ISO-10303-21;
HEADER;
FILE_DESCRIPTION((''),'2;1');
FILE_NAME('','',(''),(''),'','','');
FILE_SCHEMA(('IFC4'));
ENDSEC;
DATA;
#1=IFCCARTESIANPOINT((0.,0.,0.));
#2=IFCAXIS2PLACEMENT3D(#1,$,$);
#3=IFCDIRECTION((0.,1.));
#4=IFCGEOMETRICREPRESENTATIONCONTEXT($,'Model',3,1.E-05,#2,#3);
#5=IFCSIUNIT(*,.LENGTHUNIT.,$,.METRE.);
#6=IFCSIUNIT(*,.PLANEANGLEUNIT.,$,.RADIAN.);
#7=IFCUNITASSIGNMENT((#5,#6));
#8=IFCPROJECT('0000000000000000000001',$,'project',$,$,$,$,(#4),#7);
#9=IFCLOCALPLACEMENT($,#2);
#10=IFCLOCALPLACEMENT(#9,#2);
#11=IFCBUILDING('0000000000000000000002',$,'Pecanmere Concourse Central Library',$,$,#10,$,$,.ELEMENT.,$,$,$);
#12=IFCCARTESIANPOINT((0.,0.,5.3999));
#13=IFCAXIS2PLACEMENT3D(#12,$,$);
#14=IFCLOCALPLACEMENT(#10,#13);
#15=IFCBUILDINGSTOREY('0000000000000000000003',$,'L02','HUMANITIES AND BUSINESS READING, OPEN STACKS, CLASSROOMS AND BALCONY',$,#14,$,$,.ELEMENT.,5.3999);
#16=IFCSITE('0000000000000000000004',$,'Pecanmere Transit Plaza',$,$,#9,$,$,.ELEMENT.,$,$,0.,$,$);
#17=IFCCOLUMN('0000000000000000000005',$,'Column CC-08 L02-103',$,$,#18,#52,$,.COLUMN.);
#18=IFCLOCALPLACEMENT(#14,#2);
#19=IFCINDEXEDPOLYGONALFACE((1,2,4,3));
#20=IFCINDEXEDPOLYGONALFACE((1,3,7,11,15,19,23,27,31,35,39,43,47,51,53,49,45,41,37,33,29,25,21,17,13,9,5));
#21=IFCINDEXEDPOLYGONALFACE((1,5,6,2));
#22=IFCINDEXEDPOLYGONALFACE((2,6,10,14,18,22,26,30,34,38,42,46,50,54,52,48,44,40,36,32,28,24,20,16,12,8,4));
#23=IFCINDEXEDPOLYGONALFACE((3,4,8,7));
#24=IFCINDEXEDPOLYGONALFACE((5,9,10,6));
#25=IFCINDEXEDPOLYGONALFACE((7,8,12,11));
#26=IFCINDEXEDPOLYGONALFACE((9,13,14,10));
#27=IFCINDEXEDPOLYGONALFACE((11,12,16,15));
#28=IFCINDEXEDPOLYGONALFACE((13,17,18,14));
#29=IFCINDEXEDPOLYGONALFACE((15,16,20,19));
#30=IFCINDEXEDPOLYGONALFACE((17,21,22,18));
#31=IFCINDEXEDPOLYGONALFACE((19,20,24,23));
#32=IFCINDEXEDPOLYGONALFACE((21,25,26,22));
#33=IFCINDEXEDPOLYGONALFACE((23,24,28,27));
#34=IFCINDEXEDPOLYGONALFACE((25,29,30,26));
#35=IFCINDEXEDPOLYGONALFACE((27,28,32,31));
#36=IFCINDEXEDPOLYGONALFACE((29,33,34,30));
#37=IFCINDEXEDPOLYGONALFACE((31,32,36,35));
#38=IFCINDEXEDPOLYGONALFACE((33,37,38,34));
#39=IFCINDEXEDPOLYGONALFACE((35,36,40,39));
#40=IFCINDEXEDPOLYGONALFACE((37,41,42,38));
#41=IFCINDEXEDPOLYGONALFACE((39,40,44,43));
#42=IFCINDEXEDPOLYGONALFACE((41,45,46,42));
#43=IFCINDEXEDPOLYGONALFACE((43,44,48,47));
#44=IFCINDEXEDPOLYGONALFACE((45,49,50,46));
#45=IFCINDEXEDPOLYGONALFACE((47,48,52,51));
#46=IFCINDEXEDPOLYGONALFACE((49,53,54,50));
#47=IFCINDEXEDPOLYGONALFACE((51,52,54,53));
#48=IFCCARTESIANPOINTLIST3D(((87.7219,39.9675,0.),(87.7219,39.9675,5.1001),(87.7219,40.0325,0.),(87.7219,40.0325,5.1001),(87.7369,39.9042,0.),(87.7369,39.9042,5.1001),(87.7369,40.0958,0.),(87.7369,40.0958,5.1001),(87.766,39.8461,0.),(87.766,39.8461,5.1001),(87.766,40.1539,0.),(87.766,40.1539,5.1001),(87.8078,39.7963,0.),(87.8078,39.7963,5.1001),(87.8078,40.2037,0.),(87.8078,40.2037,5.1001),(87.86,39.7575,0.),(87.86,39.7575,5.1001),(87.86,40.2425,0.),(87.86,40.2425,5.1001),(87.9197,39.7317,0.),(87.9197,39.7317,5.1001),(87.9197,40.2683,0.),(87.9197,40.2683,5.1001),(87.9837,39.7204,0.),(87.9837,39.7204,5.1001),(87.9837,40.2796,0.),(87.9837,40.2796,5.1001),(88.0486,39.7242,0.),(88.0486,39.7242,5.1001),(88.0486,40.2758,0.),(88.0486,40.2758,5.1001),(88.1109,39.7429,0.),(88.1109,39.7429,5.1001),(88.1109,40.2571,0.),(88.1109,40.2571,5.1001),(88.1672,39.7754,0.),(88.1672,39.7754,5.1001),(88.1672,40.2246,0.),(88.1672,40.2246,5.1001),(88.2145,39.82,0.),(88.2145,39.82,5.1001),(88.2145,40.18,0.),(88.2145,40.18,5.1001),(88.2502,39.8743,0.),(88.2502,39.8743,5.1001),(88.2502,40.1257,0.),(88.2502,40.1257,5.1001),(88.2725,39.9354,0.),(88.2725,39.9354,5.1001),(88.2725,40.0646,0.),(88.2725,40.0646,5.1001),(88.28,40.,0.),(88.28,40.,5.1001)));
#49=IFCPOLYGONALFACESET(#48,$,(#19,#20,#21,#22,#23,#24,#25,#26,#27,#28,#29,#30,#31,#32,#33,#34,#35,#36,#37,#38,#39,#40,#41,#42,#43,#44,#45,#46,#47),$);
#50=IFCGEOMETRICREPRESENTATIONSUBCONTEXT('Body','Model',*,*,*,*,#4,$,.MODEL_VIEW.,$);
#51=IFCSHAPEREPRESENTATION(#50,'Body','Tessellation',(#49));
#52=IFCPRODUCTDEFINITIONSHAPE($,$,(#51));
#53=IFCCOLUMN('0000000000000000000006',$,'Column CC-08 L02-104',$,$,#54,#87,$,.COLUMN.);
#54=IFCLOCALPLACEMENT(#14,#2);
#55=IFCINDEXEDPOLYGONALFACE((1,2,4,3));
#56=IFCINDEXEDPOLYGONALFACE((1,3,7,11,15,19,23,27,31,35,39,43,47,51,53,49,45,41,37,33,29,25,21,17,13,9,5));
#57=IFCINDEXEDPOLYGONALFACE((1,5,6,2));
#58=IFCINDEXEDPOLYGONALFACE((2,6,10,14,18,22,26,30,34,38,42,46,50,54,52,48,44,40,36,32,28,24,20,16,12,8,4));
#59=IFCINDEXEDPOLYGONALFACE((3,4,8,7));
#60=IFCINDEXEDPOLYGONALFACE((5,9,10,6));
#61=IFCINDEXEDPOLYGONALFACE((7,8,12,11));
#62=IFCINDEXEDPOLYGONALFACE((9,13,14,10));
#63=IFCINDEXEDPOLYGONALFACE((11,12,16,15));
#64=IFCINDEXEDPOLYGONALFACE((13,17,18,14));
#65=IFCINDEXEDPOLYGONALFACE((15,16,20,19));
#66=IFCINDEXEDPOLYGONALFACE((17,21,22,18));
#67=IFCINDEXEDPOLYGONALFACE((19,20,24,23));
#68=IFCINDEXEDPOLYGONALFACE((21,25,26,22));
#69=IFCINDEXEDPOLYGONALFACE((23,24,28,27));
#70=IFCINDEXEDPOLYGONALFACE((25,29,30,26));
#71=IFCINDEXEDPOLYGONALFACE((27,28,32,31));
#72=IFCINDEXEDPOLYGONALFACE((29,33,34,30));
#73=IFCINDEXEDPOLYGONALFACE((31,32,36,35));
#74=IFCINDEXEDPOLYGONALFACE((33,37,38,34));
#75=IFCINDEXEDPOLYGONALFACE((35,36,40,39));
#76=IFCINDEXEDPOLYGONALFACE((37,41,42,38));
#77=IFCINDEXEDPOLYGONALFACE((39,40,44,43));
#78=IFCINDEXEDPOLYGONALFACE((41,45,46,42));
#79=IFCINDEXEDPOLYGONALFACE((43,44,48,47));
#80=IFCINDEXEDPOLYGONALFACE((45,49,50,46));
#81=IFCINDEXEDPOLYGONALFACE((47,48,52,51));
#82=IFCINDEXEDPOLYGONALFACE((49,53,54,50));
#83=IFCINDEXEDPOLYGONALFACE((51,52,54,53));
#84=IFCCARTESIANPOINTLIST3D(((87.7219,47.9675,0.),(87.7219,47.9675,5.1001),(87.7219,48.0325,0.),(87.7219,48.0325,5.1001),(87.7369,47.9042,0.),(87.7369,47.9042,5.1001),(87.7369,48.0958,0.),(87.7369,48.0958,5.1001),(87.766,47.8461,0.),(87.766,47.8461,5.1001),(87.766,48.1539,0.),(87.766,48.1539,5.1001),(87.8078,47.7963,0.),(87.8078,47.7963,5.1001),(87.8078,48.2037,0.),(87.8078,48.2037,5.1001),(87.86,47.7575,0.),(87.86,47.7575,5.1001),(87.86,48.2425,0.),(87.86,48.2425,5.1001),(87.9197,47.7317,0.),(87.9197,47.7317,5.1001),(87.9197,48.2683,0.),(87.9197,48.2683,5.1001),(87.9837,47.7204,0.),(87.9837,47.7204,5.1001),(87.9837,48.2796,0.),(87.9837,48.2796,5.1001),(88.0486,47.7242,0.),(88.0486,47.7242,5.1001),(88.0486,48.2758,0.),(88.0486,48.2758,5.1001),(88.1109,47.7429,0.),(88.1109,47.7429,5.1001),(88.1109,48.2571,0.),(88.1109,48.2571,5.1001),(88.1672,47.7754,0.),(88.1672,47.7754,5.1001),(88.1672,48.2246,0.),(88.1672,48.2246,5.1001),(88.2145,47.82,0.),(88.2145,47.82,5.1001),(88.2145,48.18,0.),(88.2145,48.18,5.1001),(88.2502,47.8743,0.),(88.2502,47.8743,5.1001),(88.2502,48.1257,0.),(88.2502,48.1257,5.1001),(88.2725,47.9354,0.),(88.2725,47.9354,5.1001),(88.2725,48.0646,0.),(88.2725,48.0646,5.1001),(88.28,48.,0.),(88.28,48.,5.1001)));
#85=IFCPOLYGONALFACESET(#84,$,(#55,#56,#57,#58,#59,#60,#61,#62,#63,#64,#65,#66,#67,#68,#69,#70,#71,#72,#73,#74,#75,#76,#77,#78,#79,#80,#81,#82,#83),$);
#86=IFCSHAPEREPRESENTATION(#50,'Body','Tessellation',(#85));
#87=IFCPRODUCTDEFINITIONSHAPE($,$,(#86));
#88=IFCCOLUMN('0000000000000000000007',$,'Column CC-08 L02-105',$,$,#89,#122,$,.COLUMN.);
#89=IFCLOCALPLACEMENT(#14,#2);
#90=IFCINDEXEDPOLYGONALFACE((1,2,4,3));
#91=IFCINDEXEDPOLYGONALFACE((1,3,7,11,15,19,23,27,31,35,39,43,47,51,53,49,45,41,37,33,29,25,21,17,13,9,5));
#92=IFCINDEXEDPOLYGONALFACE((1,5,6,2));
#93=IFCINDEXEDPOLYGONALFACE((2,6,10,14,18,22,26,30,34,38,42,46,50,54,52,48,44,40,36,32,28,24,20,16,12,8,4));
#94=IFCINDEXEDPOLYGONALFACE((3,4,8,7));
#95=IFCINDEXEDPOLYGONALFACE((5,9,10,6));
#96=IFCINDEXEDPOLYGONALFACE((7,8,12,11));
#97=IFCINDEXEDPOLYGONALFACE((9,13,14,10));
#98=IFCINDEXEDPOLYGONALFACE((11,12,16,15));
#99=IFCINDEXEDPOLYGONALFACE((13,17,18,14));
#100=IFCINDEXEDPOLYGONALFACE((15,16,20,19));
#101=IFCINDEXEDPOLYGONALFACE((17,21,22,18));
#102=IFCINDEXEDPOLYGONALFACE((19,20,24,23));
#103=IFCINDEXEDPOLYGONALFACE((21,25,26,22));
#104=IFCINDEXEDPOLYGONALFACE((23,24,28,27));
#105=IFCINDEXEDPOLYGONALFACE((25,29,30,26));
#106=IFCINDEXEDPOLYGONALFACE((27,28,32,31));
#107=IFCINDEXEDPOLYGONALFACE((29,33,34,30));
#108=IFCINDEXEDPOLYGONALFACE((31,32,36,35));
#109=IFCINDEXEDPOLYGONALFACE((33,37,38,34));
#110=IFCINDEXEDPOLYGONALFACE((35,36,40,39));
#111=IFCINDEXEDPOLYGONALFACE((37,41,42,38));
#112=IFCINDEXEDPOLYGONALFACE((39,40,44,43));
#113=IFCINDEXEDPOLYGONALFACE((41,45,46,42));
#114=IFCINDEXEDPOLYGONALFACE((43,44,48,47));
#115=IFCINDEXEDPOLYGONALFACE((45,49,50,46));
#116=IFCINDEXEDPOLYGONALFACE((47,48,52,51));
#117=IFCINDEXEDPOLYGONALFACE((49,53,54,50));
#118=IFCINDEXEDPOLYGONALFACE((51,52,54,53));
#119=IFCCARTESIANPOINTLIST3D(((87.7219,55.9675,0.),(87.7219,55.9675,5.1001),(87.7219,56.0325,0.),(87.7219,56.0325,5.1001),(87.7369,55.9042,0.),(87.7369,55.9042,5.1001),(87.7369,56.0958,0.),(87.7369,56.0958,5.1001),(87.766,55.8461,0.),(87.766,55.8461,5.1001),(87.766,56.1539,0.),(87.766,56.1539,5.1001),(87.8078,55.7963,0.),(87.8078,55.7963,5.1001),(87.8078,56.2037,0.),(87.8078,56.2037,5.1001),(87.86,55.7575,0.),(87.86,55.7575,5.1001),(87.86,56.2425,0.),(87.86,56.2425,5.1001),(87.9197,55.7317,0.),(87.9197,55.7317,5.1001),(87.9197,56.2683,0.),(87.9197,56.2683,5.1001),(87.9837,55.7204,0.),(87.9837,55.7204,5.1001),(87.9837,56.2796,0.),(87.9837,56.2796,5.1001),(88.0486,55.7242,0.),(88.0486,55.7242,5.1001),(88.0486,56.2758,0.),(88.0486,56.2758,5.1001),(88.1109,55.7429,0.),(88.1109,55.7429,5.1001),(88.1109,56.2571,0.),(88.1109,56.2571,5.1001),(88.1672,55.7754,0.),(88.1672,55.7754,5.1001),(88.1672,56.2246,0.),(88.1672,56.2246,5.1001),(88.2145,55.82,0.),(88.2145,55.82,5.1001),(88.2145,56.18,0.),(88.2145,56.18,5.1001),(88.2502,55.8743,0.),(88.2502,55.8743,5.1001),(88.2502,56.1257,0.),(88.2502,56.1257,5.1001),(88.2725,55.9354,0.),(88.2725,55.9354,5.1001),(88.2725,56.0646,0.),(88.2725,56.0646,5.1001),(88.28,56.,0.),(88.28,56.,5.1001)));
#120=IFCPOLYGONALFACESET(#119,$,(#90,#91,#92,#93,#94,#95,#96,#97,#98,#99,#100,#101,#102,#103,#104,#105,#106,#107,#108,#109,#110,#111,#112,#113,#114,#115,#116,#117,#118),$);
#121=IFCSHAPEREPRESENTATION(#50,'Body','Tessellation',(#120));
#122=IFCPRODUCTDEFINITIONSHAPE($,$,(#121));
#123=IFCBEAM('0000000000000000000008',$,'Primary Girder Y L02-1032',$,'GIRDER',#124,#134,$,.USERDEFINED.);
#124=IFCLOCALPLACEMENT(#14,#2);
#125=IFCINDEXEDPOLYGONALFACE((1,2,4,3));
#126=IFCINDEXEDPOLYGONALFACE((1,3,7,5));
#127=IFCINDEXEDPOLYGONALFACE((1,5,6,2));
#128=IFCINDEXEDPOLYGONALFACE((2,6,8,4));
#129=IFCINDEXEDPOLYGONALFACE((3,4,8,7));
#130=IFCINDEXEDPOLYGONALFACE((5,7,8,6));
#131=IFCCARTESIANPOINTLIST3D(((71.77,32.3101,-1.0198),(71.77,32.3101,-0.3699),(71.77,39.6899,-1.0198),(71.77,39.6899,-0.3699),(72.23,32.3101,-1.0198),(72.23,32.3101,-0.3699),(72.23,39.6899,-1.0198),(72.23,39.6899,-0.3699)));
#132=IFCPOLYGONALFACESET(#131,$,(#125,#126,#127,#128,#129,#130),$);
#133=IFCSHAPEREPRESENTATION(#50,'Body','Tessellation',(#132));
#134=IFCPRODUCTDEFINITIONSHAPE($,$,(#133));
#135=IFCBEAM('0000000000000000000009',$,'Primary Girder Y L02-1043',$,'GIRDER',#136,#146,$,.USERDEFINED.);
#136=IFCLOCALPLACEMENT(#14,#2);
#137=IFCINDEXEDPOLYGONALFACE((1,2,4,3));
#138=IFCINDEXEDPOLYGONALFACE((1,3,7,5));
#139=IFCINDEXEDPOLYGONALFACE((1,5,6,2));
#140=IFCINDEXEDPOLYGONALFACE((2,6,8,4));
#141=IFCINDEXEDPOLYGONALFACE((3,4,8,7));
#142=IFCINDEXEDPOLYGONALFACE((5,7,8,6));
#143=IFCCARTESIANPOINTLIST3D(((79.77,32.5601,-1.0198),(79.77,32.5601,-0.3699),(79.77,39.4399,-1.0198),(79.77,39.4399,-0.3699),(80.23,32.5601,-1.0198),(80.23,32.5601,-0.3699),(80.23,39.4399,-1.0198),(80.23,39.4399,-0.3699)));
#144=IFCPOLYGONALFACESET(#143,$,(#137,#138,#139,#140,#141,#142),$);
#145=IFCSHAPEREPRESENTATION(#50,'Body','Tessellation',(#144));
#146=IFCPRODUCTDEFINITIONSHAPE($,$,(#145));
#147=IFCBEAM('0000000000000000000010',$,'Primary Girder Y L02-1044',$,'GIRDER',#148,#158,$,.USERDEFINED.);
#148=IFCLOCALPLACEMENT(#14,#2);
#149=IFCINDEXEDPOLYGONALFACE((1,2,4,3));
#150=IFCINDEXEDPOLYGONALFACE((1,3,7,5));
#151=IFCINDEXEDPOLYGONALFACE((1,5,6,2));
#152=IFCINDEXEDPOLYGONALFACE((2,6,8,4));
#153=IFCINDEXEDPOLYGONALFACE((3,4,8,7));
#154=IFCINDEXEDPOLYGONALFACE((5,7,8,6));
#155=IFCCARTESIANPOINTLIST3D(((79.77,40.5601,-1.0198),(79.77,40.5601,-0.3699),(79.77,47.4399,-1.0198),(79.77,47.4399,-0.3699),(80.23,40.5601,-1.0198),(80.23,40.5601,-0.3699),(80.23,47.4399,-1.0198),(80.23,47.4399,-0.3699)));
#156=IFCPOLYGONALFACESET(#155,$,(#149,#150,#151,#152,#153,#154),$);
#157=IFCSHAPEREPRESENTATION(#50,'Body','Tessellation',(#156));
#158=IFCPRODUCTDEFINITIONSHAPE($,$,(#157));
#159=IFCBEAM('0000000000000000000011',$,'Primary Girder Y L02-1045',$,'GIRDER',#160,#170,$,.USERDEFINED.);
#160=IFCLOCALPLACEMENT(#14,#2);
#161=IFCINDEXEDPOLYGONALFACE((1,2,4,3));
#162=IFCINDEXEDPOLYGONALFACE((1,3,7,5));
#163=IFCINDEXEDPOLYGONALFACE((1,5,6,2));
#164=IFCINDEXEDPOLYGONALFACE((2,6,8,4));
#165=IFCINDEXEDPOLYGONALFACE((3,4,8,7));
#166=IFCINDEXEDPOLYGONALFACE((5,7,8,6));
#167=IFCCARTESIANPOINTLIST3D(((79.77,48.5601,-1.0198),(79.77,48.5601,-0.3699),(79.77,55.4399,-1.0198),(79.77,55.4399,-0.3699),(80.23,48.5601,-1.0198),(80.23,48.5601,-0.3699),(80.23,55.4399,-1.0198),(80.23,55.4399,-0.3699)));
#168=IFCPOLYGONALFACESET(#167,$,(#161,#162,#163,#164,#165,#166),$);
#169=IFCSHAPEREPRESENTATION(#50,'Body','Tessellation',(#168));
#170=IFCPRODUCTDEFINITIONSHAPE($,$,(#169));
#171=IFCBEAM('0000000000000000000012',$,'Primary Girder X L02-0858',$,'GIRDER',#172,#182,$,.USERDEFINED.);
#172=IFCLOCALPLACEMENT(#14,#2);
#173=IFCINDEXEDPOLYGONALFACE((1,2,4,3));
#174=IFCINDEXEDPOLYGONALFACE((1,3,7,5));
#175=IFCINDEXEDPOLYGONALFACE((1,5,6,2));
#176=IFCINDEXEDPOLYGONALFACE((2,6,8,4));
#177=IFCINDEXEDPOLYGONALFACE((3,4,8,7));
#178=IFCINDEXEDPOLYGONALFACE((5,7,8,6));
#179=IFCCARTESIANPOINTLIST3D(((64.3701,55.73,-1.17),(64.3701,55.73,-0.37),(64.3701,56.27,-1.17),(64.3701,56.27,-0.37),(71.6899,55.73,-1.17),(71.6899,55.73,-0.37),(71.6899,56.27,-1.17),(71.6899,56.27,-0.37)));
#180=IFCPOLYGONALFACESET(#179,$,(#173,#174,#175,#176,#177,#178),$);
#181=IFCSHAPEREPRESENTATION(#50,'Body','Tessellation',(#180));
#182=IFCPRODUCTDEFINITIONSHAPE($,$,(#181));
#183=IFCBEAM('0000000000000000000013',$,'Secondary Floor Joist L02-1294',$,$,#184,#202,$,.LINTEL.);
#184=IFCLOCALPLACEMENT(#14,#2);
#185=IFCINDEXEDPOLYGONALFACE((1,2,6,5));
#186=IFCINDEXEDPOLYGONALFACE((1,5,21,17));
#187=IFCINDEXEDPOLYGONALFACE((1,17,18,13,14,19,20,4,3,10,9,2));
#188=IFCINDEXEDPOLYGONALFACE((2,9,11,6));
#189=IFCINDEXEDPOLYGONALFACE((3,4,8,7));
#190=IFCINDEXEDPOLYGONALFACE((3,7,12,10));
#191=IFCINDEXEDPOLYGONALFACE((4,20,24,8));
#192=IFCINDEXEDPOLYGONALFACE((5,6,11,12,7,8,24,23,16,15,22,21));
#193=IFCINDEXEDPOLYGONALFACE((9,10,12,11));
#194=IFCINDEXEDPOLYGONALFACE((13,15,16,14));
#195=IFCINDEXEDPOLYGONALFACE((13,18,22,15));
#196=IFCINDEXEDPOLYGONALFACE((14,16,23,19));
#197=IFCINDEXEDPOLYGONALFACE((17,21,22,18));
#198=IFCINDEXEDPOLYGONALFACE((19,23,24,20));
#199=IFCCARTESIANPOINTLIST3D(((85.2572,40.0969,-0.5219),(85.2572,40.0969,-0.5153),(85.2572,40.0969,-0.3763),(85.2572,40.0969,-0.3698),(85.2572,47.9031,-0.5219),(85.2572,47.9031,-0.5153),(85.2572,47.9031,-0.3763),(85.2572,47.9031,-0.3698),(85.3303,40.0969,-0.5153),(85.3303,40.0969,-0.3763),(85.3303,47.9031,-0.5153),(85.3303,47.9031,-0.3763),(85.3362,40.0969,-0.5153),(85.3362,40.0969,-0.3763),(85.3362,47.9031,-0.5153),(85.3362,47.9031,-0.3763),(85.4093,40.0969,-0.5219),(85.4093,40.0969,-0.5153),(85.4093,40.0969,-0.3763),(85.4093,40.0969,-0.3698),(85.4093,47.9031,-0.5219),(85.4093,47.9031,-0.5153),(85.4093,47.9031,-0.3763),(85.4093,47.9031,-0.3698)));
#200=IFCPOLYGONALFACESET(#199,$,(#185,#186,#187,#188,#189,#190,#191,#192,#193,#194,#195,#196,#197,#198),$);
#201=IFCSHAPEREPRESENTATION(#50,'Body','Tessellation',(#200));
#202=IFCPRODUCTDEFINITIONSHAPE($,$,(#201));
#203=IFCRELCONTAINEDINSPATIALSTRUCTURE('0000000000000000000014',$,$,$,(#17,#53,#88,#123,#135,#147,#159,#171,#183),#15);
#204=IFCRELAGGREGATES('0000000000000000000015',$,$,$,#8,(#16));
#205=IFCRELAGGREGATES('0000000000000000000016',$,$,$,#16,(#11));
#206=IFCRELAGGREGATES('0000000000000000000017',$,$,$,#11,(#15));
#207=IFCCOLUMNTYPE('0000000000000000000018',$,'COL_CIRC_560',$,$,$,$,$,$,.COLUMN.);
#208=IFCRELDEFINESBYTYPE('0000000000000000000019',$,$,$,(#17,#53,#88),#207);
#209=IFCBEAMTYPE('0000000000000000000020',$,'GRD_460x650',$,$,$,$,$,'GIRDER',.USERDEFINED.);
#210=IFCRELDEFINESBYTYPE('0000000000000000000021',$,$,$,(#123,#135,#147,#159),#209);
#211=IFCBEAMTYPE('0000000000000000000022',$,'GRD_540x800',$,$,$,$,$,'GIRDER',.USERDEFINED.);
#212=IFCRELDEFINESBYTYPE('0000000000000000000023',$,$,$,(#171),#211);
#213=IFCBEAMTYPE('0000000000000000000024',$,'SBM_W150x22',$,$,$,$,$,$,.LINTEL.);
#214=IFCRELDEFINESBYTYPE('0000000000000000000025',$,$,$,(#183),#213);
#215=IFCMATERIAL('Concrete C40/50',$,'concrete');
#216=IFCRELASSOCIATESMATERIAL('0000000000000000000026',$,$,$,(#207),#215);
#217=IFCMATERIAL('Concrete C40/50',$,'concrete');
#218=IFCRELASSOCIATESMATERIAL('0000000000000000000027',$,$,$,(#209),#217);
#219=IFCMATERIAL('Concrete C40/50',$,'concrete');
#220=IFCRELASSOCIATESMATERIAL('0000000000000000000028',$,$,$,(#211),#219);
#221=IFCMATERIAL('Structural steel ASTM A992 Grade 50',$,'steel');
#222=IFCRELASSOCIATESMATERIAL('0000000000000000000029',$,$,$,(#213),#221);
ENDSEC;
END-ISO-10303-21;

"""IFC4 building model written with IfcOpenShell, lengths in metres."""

from ifc_helpers import new_model, si_unit, direction, frame, origin, origin_2d, place, context, subcontext, project, spatial, rectangle, circle, i_section, extrude, material, material_profile, profile_set, type_object, element, save


model = new_model("IFC4")

# Units and contexts
model_context = context("Model", 3, precision=1e-05, world=origin(), true_north=direction((0.0, 1.0)))
body_context = subcontext(model_context, "Body", "Model", "MODEL_VIEW")
ifc_project = project(units=[si_unit("LENGTHUNIT", "METRE"), si_unit("PLANEANGLEUNIT", "RADIAN")], contexts=[model_context])

# Site, building, storey
site_placement = place(None, origin())
site = spatial("IfcSite", under=ifc_project, at=site_placement, Name="Pecanmere Transit Plaza", CompositionType="ELEMENT", RefElevation=0.0)
building_placement = place(site_placement, origin())
building = spatial("IfcBuilding", under=site, at=building_placement, Name="Pecanmere Concourse Central Library", CompositionType="ELEMENT")
storey_placement = place(building_placement, frame((0.0, 0.0, 5.3999)))
storey = spatial("IfcBuildingStorey", under=building, at=storey_placement, Name="L02", Description="HUMANITIES AND BUSINESS READING, OPEN STACKS, CLASSROOMS AND BALCONY", CompositionType="ELEMENT", Elevation=5.3999)

# Columns
ifc_material_1 = material(Name="Concrete C40/50", Category="concrete")
ifc_material_profile_1 = material_profile(ifc_material_1, circle(Radius=0.28, at=origin_2d()), Name="RC D560")
ifc_profile_set_1 = profile_set([ifc_material_profile_1], Name="Concrete C40/50")
column_type = type_object("IfcColumnType", Name="COL_CIRC_560", PredefinedType="COLUMN", material=ifc_profile_set_1)
for number, where, z_axis, x_axis, name in (
    (1, (88.0, 40.0, 0.0), (0.0, 0.0, 1.0), (1.0, 0.0, 0.0), "Column CC-08 L02-103"),
    (2, (88.0, 48.0, 0.0), (0.0, 0.0, 1.0), (1.0, 0.0, 0.0), "Column CC-08 L02-104"),
    (3, (88.0, 56.0, 0.0), (0.0, 0.0, 1.0), (1.0, 0.0, 0.0), "Column CC-08 L02-105"),
):
    element("IfcColumn", number, at=place(storey_placement, frame(where, z_axis=z_axis, x_axis=x_axis)), inside=storey, type_object=column_type, Name=name, PredefinedType="COLUMN", context=body_context, shape_type="SweptSolid", body=[
        extrude(circle(Radius=0.28, at=origin_2d()), origin(), (0.0, 0.0, 1.0), 5.1001),
    ])

# Beams
ifc_material_2 = material(Name="Concrete C40/50", Category="concrete")
ifc_material_profile_2 = material_profile(ifc_material_2, rectangle(XDim=0.46, YDim=0.6499, at=origin_2d()), Name="RC 460x650")
ifc_profile_set_2 = profile_set([ifc_material_profile_2], Name="Concrete C40/50")
beam_type_1 = type_object("IfcBeamType", Name="GRD_460x650", ElementType="GIRDER", PredefinedType="USERDEFINED", material=ifc_profile_set_2)
beam_1_placement = place(storey_placement, frame((72.0, 32.3101, -0.6948), z_axis=(0.0, 1.0, 0.0), x_axis=(-1.0, 0.0, 0.0)))
element("IfcBeam", 4, at=beam_1_placement, inside=storey, type_object=beam_type_1, Name="Primary Girder Y L02-1032", ObjectType="GIRDER", PredefinedType="USERDEFINED", context=body_context, shape_type="SweptSolid", body=[
    extrude(rectangle(XDim=0.46, YDim=0.6499, at=origin_2d()), origin(), (0.0, 0.0, 1.0), 7.3799),
])
for number, where, z_axis, x_axis, name in (
    (5, (80.0, 32.5601, -0.6948), (0.0, 1.0, 0.0), (-1.0, 0.0, 0.0), "Primary Girder Y L02-1043"),
    (6, (80.0, 40.5601, -0.6948), (0.0, 1.0, 0.0), (-1.0, 0.0, 0.0), "Primary Girder Y L02-1044"),
    (7, (80.0, 48.5601, -0.6948), (0.0, 1.0, 0.0), (-1.0, 0.0, 0.0), "Primary Girder Y L02-1045"),
):
    element("IfcBeam", number, at=place(storey_placement, frame(where, z_axis=z_axis, x_axis=x_axis)), inside=storey, type_object=beam_type_1, Name=name, ObjectType="GIRDER", PredefinedType="USERDEFINED", context=body_context, shape_type="SweptSolid", body=[
        extrude(rectangle(XDim=0.46, YDim=0.6499, at=origin_2d()), origin(), (0.0, 0.0, 1.0), 6.8799),
    ])
ifc_material_3 = material(Name="Concrete C40/50", Category="concrete")
ifc_material_profile_3 = material_profile(ifc_material_3, rectangle(XDim=0.54, YDim=0.8, at=origin_2d()), Name="RC 540x800")
ifc_profile_set_3 = profile_set([ifc_material_profile_3], Name="Concrete C40/50")
beam_type_2 = type_object("IfcBeamType", Name="GRD_540x800", ElementType="GIRDER", PredefinedType="USERDEFINED", material=ifc_profile_set_3)
beam_2_placement = place(storey_placement, frame((64.3701, 56.0, -0.77), z_axis=(1.0, 0.0, 0.0), x_axis=(0.0, 1.0, 0.0)))
element("IfcBeam", 8, at=beam_2_placement, inside=storey, type_object=beam_type_2, Name="Primary Girder X L02-0858", ObjectType="GIRDER", PredefinedType="USERDEFINED", context=body_context, shape_type="SweptSolid", body=[
    extrude(rectangle(XDim=0.54, YDim=0.8, at=origin_2d()), origin(), (0.0, 0.0, 1.0), 7.3198),
])
ifc_material_4 = material(Name="Structural steel ASTM A992 Grade 50", Category="steel")
ifc_material_profile_4 = material_profile(ifc_material_4, i_section(OverallWidth=0.1521, OverallDepth=0.1521, WebThickness=0.0059, FlangeThickness=0.0066, at=origin_2d()), Name="W150x22.5")
ifc_profile_set_4 = profile_set([ifc_material_profile_4], Name="Structural steel ASTM A992 Grade 50")
beam_type_3 = type_object("IfcBeamType", Name="SBM_W150x22", PredefinedType="LINTEL", material=ifc_profile_set_4)
beam_3_placement = place(storey_placement, frame((85.3333, 40.0969, -0.4458), z_axis=(0.0, 1.0, 0.0), x_axis=(-1.0, 0.0, 0.0)))
element("IfcBeam", 9, at=beam_3_placement, inside=storey, type_object=beam_type_3, Name="Secondary Floor Joist L02-1294", PredefinedType="LINTEL", context=body_context, shape_type="SweptSolid", body=[
    extrude(i_section(OverallWidth=0.1521, OverallDepth=0.1521, WebThickness=0.0059, FlangeThickness=0.0066, at=origin_2d()), origin(), (0.0, 0.0, 1.0), 7.8062),
])

save(model, "model.ifc")
